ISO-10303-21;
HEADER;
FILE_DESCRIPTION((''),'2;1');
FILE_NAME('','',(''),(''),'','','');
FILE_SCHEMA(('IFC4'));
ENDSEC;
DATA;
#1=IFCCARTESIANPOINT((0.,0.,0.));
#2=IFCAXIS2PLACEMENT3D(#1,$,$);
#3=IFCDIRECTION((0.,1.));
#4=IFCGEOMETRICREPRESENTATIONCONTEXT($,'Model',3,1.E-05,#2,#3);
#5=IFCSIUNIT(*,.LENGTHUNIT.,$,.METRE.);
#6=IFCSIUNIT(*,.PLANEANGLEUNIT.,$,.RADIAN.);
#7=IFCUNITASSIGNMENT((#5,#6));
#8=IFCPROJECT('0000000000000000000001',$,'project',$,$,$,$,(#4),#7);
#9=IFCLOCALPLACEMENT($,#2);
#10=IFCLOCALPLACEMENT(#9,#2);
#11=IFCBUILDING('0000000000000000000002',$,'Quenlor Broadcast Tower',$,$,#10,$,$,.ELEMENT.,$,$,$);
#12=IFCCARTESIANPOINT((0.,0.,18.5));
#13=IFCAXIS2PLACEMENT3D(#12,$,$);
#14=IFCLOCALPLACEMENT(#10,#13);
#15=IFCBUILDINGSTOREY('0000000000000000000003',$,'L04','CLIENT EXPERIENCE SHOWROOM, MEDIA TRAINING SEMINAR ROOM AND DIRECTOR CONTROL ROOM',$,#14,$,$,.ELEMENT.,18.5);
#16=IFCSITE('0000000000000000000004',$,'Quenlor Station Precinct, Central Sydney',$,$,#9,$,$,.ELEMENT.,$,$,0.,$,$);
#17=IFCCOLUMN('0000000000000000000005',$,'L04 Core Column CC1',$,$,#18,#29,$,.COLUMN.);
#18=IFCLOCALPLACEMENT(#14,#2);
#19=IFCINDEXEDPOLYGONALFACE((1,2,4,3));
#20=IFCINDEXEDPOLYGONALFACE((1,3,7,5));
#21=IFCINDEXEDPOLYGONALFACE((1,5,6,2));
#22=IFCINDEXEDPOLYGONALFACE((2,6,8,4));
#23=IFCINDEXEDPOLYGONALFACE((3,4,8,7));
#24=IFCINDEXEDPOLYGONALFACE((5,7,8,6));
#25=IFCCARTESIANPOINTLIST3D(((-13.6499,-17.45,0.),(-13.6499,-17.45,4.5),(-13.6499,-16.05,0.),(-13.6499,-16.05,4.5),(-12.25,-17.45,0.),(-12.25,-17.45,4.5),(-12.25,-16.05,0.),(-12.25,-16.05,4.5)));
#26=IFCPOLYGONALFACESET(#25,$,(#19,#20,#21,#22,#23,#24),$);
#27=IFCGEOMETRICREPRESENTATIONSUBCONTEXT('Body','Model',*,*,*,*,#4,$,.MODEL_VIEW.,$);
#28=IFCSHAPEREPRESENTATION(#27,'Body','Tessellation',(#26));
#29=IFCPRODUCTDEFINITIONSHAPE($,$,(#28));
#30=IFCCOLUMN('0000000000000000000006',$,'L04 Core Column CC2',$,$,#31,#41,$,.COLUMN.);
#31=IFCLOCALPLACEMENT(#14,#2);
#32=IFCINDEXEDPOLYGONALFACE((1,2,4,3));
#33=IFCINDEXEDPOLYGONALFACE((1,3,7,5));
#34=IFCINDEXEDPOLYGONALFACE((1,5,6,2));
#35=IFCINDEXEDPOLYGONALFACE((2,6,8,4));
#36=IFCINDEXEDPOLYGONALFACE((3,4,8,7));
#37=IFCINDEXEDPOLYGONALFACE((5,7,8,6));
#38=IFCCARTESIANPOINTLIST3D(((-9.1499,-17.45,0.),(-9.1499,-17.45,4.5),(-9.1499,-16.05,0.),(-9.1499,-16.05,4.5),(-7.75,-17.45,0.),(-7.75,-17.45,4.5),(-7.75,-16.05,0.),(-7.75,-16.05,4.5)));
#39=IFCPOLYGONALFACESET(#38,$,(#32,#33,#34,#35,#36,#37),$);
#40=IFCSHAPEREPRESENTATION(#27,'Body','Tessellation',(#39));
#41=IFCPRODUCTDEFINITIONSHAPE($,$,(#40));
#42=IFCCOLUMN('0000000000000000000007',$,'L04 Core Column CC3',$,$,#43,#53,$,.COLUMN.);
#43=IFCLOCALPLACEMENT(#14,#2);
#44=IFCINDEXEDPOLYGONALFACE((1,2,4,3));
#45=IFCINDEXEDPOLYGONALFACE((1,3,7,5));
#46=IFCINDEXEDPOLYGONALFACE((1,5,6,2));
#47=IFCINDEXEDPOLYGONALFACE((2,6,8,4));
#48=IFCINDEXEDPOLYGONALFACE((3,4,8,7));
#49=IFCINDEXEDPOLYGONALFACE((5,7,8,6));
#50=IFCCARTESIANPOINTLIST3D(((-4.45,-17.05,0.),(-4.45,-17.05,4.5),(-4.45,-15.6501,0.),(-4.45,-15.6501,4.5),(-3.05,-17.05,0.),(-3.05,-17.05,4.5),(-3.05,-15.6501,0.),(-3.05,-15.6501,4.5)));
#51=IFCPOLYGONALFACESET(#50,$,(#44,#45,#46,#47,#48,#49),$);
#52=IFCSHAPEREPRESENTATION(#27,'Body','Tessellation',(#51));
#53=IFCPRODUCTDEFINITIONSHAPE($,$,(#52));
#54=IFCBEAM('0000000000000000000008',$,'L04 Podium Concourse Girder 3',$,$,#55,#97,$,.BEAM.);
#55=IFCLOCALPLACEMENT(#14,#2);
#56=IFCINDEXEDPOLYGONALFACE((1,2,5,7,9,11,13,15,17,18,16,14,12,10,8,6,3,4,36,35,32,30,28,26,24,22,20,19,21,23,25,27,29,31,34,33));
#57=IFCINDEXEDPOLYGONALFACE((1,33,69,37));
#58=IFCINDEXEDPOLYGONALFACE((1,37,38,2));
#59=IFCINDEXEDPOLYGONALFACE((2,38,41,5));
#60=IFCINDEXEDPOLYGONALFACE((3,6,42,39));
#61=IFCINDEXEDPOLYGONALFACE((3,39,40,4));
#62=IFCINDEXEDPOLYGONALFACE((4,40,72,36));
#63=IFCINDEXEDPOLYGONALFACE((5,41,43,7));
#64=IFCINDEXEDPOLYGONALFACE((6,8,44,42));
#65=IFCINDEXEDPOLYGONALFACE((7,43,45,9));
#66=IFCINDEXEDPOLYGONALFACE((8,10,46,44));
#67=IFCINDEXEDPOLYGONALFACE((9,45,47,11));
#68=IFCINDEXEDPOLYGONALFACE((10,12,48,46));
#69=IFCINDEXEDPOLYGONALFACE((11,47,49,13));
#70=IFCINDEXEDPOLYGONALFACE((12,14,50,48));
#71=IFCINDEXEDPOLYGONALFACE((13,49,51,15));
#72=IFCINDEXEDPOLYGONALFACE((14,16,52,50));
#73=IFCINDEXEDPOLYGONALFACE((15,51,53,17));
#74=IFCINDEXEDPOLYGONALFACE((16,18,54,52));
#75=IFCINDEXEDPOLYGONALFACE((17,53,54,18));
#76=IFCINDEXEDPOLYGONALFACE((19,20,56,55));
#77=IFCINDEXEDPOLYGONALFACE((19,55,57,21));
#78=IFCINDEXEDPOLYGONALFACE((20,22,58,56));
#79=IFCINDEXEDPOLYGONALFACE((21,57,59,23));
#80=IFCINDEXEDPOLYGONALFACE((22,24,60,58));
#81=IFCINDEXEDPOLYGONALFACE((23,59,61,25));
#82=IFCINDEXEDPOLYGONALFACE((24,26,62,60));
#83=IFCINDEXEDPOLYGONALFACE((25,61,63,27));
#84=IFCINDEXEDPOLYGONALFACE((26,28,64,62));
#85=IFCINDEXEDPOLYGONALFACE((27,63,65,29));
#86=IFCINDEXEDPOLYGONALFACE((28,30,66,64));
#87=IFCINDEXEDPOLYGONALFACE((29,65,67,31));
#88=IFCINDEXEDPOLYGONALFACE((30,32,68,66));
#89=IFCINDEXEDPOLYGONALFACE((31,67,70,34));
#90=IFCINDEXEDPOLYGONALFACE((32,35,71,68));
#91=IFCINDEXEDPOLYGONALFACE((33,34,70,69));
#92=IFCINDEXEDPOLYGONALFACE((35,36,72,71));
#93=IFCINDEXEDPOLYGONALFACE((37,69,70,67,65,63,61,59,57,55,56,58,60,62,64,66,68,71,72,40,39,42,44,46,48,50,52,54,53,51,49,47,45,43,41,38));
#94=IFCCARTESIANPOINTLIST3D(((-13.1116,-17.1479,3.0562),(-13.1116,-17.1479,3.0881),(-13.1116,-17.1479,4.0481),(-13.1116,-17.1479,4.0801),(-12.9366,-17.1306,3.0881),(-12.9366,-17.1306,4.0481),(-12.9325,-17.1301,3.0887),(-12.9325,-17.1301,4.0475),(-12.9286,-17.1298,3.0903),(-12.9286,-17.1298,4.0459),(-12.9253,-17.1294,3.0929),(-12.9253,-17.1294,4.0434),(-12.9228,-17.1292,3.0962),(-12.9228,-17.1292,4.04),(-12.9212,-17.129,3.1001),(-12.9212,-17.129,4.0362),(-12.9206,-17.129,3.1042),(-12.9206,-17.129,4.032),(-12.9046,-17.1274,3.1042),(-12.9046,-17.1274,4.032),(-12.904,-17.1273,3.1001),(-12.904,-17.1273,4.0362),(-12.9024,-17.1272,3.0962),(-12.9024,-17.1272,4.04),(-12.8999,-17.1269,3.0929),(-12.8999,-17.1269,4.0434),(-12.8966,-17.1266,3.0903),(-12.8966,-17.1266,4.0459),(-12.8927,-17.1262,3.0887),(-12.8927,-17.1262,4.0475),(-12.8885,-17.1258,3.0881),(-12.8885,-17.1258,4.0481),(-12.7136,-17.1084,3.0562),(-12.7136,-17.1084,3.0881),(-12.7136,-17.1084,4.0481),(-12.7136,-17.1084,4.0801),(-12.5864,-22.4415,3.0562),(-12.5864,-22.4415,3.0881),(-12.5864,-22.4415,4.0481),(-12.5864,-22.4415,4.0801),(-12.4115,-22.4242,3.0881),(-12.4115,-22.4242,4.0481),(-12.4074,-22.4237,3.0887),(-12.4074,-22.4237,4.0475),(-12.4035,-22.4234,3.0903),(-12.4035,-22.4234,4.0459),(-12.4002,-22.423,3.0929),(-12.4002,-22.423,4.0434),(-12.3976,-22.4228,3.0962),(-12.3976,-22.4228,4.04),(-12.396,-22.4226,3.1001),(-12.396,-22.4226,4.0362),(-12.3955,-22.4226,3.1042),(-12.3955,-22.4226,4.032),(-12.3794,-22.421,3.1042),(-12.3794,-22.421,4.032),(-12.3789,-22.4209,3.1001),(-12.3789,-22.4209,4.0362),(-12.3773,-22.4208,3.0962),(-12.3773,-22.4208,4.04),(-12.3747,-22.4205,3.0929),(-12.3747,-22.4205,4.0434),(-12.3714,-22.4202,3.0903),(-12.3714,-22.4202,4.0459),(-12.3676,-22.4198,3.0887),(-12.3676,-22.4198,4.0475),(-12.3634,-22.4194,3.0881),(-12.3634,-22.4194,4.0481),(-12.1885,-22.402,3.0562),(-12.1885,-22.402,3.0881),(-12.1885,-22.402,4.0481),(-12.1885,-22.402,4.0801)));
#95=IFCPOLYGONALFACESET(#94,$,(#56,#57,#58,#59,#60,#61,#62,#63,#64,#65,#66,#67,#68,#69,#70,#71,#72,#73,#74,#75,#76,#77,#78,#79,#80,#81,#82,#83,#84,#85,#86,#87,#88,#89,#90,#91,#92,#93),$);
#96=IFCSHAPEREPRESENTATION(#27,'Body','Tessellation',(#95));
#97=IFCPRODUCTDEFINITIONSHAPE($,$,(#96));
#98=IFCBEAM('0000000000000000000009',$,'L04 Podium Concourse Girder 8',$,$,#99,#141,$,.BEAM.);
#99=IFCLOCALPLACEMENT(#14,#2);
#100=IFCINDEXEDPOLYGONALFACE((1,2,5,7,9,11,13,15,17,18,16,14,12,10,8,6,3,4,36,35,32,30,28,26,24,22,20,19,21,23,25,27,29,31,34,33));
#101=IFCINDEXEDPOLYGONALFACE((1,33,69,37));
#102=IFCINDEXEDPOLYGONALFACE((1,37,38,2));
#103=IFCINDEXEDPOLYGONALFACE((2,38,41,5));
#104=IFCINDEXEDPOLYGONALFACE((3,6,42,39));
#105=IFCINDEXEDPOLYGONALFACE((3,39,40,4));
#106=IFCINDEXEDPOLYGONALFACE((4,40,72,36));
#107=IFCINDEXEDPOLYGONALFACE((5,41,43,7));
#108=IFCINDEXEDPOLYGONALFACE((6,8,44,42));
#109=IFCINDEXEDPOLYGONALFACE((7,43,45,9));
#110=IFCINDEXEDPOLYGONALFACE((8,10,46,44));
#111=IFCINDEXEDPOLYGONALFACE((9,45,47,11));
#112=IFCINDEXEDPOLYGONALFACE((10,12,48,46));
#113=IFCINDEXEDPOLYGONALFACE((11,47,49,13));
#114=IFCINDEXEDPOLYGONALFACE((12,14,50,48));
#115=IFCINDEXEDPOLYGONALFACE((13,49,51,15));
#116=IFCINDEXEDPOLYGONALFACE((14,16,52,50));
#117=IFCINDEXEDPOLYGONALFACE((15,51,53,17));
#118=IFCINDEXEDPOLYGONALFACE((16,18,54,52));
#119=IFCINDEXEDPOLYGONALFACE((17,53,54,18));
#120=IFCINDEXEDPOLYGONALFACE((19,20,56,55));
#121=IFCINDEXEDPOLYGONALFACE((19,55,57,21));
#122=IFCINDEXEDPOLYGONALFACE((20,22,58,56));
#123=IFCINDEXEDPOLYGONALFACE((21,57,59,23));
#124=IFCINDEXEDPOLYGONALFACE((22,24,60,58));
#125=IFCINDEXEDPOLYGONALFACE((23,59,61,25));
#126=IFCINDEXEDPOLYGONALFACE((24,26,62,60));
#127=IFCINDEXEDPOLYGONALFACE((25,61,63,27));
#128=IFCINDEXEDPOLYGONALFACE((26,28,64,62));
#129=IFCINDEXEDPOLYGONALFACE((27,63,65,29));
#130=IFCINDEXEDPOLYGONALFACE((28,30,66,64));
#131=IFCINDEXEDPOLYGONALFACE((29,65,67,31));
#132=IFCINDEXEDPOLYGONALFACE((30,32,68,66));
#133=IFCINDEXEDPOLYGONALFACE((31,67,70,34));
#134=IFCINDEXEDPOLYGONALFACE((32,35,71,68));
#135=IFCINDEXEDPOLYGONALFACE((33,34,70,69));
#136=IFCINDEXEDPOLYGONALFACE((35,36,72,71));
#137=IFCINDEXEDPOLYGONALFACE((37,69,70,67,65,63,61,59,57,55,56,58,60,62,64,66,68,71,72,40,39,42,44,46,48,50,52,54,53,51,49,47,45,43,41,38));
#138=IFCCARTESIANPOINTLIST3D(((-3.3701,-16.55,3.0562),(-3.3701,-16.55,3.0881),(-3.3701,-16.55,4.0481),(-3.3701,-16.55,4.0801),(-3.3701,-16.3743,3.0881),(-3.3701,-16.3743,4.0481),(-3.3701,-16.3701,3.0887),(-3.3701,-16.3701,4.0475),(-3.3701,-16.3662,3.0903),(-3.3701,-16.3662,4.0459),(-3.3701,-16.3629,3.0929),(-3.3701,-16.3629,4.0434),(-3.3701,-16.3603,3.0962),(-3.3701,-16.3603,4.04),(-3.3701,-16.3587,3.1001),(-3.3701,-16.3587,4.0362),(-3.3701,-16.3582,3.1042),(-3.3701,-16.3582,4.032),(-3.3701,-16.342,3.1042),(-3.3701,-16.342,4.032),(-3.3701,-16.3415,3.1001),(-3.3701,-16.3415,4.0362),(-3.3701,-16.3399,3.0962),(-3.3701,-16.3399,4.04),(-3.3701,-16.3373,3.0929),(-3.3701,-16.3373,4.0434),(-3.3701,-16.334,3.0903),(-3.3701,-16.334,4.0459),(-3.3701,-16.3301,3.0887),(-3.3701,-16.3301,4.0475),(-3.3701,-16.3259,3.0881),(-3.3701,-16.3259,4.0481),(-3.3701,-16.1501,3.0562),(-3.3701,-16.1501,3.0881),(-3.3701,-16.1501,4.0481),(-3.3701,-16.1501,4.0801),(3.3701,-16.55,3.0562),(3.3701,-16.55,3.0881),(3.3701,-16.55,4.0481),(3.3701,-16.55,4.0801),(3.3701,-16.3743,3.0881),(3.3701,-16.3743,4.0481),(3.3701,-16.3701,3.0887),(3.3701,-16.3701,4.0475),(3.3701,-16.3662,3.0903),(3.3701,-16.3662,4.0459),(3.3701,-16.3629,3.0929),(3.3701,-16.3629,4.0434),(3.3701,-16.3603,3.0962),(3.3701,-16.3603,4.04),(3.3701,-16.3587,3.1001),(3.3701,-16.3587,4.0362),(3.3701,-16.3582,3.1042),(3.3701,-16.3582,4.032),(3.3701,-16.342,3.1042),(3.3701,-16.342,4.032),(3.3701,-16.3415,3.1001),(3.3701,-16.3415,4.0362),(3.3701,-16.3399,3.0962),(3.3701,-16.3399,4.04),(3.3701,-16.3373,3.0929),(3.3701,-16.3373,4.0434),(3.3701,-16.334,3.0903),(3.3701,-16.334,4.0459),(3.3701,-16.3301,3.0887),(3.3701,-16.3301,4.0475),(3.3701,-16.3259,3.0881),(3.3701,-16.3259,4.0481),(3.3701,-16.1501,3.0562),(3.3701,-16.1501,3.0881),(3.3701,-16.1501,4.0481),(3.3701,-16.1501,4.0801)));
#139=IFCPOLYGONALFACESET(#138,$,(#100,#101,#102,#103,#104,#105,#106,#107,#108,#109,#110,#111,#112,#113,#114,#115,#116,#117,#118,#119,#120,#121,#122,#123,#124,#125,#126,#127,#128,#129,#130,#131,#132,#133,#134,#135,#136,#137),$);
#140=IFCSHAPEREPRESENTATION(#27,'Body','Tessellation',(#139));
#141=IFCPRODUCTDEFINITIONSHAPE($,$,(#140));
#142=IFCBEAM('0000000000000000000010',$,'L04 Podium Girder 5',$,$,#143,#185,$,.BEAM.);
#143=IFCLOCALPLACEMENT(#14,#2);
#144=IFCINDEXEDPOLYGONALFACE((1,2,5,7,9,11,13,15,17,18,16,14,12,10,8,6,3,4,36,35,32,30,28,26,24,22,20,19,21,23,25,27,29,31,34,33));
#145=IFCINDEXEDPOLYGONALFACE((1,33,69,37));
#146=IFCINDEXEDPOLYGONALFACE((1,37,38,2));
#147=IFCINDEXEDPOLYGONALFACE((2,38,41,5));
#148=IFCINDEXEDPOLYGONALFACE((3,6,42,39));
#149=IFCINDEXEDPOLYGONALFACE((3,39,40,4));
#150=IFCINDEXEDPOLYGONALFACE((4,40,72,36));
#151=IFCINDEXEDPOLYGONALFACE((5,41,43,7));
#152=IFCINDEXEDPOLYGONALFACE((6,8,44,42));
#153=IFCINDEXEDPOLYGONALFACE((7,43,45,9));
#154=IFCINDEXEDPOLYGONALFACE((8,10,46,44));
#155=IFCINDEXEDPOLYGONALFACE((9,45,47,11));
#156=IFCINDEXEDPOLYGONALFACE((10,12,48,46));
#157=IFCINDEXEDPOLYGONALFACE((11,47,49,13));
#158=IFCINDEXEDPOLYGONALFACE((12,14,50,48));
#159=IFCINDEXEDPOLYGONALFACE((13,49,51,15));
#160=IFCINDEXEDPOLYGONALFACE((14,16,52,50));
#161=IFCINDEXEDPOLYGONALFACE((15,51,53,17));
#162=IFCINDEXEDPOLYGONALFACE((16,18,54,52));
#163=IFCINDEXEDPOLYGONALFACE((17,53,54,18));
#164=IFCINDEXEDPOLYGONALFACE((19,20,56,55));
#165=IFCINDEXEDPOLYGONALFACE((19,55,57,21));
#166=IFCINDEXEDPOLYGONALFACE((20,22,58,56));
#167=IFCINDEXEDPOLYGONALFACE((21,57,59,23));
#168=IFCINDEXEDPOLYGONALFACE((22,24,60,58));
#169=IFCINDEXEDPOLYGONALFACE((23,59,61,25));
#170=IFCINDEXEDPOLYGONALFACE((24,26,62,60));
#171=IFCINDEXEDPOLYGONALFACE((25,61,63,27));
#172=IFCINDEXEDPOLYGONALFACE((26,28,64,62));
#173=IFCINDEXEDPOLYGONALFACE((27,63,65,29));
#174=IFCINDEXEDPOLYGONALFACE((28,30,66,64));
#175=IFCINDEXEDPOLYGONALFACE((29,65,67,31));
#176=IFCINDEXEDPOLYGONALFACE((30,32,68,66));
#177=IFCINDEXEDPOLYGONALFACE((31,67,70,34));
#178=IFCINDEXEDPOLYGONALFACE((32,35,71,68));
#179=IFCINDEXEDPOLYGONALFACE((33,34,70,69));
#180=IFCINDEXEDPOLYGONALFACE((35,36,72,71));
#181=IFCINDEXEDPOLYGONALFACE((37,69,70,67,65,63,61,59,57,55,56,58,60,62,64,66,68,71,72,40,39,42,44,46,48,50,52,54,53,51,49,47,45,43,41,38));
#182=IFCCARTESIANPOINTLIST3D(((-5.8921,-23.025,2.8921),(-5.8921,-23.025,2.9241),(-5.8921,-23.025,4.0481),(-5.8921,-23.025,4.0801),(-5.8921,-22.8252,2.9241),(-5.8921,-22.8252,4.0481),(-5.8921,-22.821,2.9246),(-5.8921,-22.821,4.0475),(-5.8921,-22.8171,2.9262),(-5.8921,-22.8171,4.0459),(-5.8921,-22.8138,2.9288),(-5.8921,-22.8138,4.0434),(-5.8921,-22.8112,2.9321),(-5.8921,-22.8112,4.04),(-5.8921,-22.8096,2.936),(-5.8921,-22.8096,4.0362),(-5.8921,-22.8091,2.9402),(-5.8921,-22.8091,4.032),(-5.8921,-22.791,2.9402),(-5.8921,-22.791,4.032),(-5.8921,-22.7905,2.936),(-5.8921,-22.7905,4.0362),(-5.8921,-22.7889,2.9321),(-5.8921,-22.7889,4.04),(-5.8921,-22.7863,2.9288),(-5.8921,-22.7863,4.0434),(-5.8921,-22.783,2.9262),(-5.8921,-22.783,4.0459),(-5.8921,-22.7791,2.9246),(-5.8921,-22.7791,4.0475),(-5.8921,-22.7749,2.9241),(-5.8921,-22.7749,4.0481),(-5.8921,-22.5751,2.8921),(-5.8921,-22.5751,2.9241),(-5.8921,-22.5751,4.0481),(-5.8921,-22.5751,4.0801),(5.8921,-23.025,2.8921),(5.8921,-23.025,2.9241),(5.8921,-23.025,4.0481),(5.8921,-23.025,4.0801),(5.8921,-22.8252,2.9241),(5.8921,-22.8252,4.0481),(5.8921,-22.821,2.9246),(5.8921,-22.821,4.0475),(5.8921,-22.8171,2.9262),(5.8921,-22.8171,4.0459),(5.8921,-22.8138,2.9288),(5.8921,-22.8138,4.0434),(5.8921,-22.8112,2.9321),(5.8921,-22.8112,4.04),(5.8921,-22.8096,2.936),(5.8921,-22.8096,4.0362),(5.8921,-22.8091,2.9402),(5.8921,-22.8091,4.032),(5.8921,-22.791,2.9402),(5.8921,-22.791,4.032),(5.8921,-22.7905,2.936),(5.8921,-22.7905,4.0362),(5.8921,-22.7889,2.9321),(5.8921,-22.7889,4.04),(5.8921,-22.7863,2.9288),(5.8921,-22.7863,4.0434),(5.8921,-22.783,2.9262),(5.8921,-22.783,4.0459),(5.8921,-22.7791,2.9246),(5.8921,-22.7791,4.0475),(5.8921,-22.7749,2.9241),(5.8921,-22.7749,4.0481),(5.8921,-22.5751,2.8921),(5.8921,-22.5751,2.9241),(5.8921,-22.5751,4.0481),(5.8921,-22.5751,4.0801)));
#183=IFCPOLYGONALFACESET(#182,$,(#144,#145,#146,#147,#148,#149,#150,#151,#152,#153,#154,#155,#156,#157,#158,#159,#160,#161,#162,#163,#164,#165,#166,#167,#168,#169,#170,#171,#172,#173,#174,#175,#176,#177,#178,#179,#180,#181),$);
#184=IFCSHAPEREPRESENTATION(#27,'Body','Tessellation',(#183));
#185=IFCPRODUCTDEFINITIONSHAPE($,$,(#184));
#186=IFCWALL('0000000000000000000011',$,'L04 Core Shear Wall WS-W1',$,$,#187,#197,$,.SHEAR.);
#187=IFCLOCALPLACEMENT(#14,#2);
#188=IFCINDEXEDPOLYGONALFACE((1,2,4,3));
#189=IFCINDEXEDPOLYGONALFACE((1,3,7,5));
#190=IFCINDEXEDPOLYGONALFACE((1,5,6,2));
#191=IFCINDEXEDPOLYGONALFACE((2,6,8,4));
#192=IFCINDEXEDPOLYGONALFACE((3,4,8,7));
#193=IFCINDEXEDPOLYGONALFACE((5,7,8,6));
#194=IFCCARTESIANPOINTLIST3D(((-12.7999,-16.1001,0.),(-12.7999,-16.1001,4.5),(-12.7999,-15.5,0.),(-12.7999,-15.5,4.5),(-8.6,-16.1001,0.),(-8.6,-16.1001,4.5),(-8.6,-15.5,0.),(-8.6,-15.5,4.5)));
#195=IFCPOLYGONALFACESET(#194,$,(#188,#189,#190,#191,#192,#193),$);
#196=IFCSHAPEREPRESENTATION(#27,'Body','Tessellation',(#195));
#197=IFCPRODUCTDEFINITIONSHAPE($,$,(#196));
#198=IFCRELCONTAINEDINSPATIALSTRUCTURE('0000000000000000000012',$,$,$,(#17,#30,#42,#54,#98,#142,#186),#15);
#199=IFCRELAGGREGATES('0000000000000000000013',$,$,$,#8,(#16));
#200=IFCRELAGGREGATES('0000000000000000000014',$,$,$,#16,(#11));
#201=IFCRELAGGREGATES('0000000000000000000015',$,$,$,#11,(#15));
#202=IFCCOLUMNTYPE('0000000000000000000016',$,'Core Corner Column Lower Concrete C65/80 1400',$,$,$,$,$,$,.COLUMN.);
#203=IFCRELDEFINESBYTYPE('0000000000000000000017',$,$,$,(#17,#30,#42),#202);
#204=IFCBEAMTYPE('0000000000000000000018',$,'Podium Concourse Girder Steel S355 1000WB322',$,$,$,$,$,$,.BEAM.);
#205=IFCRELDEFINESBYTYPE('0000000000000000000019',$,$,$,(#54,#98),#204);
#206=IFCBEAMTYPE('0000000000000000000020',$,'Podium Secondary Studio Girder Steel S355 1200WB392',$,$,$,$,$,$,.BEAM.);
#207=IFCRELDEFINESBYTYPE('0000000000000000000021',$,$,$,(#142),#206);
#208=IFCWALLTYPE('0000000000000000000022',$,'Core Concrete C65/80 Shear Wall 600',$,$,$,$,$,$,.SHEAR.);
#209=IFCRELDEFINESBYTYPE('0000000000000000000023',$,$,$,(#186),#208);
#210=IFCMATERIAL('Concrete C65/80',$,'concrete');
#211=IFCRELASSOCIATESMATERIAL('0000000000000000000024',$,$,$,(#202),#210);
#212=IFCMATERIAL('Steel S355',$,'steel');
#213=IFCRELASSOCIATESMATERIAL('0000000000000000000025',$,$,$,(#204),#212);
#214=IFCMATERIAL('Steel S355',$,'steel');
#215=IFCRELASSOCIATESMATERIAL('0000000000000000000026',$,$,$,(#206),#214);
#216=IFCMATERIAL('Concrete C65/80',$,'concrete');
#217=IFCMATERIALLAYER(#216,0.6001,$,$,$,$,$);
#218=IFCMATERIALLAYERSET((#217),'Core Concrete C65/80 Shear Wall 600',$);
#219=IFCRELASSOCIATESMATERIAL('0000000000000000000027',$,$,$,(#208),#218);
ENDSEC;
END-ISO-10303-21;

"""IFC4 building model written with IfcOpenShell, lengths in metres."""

from ifc_helpers import new_model, si_unit, direction, frame, frame_2d, origin, origin_2d, place, context, subcontext, project, spatial, rectangle, i_section, extrude, material, layer, layer_set, material_profile, profile_set, type_object, element, save


model = new_model("IFC4")

# Units and contexts
model_context = context("Model", 3, precision=1e-05, world=origin(), true_north=direction((0.0, 1.0)))
body_context = subcontext(model_context, "Body", "Model", "MODEL_VIEW")
ifc_project = project(units=[si_unit("LENGTHUNIT", "METRE"), si_unit("PLANEANGLEUNIT", "RADIAN")], contexts=[model_context])

# Site, building, storey
site_placement = place(None, origin())
site = spatial("IfcSite", under=ifc_project, at=site_placement, Name="Quenlor Station Precinct, Central Sydney", CompositionType="ELEMENT", RefElevation=0.0)
building_placement = place(site_placement, origin())
building = spatial("IfcBuilding", under=site, at=building_placement, Name="Quenlor Broadcast Tower", CompositionType="ELEMENT")
storey_placement = place(building_placement, frame((0.0, 0.0, 18.5)))
storey = spatial("IfcBuildingStorey", under=building, at=storey_placement, Name="L04", Description="CLIENT EXPERIENCE SHOWROOM, MEDIA TRAINING SEMINAR ROOM AND DIRECTOR CONTROL ROOM", CompositionType="ELEMENT", Elevation=18.5)

# Columns
ifc_material_1 = material(Name="Concrete C65/80", Category="concrete")
ifc_material_profile_1 = material_profile(ifc_material_1, rectangle(XDim=1.3999, YDim=1.3999, at=origin_2d()))
ifc_profile_set_1 = profile_set([ifc_material_profile_1], Name="Concrete C65/80 RC1400x1400")
column_type = type_object("IfcColumnType", Name="Core Corner Column Lower Concrete C65/80 1400", PredefinedType="COLUMN", material=ifc_profile_set_1)
for number, where, z_axis, x_axis, name in (
    (1, (-12.95, -16.75, 0.0), (0.0, 0.0, 1.0), (1.0, 0.0, 0.0), "L04 Core Column CC1"),
    (2, (-8.45, -16.75, 0.0), (0.0, 0.0, 1.0), (1.0, 0.0, 0.0), "L04 Core Column CC2"),
    (3, (-3.75, -16.3501, 0.0), (0.0, 0.0, 1.0), (1.0, 0.0, 0.0), "L04 Core Column CC3"),
):
    element("IfcColumn", number, at=place(storey_placement, frame(where, z_axis=z_axis, x_axis=x_axis)), inside=storey, type_object=column_type, Name=name, PredefinedType="COLUMN", context=body_context, shape_type="SweptSolid", body=[
        extrude(rectangle(XDim=1.3999, YDim=1.3999, at=origin_2d()), origin(), (0.0, 0.0, 1.0), 4.5),
    ])

# Beams
ifc_material_2 = material(Name="Steel S355", Category="steel")
ifc_material_profile_2 = material_profile(ifc_material_2, i_section(OverallWidth=0.3999, OverallDepth=1.0239, WebThickness=0.0161, FlangeThickness=0.032, FilletRadius=0.0161, at=origin_2d()))
ifc_profile_set_2 = profile_set([ifc_material_profile_2], Name="Steel S355 1000WB322")
beam_type_1 = type_object("IfcBeamType", Name="Podium Concourse Girder Steel S355 1000WB322", PredefinedType="BEAM", material=ifc_profile_set_2)
beam_1_placement = place(storey_placement, frame((-12.9126, -17.1282, 3.5681), z_axis=(0.098718, -0.995115, 0.0), x_axis=(0.995115, 0.098718, 0.0)))
element("IfcBeam", 4, at=beam_1_placement, inside=storey, type_object=beam_type_1, Name="L04 Podium Concourse Girder 3", PredefinedType="BEAM", context=body_context, shape_type="SweptSolid", body=[
    extrude(i_section(OverallWidth=0.3999, OverallDepth=1.0239, WebThickness=0.0161, FlangeThickness=0.032, FilletRadius=0.0161, at=origin_2d()), origin(), (0.0, 0.0, 1.0), 5.3196),
])
beam_2_placement = place(storey_placement, frame((-3.3701, -16.3501, 3.5681), z_axis=(1.0, 0.0, 0.0), x_axis=(0.0, 1.0, 0.0)))
element("IfcBeam", 5, at=beam_2_placement, inside=storey, type_object=beam_type_1, Name="L04 Podium Concourse Girder 8", PredefinedType="BEAM", context=body_context, shape_type="SweptSolid", body=[
    extrude(i_section(OverallWidth=0.3999, OverallDepth=1.0239, WebThickness=0.0161, FlangeThickness=0.032, FilletRadius=0.0161, at=origin_2d()), origin(), (0.0, 0.0, 1.0), 6.7402),
])
ifc_material_3 = material(Name="Steel S355", Category="steel")
ifc_material_profile_3 = material_profile(ifc_material_3, i_section(OverallWidth=0.45, OverallDepth=1.188, WebThickness=0.0181, FlangeThickness=0.032, FilletRadius=0.0161, at=origin_2d()))
ifc_profile_set_3 = profile_set([ifc_material_profile_3], Name="Steel S355 1200WB392")
beam_type_2 = type_object("IfcBeamType", Name="Podium Secondary Studio Girder Steel S355 1200WB392", PredefinedType="BEAM", material=ifc_profile_set_3)
beam_3_placement = place(storey_placement, frame((-5.8921, -22.8, 3.4861), z_axis=(1.0, 0.0, 0.0), x_axis=(0.0, 1.0, 0.0)))
element("IfcBeam", 6, at=beam_3_placement, inside=storey, type_object=beam_type_2, Name="L04 Podium Girder 5", PredefinedType="BEAM", context=body_context, shape_type="SweptSolid", body=[
    extrude(i_section(OverallWidth=0.45, OverallDepth=1.188, WebThickness=0.0181, FlangeThickness=0.032, FilletRadius=0.0161, at=origin_2d()), origin(), (0.0, 0.0, 1.0), 11.7842),
])

# Wall
ifc_material_4 = material(Name="Concrete C65/80", Category="concrete")
ifc_layer_1 = layer(ifc_material_4, 0.6001)
ifc_layer_set_1 = layer_set([ifc_layer_1], Name="Core Concrete C65/80 Shear Wall 600")
wall_type_1 = type_object("IfcWallType", Name="Core Concrete C65/80 Shear Wall 600", PredefinedType="SHEAR", material=ifc_layer_set_1)
wall_1_placement = place(storey_placement, frame((-12.8, -15.8, 0.0), z_axis=(0.0, 0.0, 1.0), x_axis=(1.0, 0.0, 0.0)))
element("IfcWall", 7, at=wall_1_placement, inside=storey, type_object=wall_type_1, Name="L04 Core Shear Wall WS-W1", PredefinedType="SHEAR", context=body_context, shape_type="SweptSolid", body=[
    extrude(rectangle(XDim=4.2, YDim=0.6001, at=frame_2d((2.1001, 0.0))), origin(), (0.0, 0.0, 1.0), 4.5),
])

save(model, "model.ifc")
